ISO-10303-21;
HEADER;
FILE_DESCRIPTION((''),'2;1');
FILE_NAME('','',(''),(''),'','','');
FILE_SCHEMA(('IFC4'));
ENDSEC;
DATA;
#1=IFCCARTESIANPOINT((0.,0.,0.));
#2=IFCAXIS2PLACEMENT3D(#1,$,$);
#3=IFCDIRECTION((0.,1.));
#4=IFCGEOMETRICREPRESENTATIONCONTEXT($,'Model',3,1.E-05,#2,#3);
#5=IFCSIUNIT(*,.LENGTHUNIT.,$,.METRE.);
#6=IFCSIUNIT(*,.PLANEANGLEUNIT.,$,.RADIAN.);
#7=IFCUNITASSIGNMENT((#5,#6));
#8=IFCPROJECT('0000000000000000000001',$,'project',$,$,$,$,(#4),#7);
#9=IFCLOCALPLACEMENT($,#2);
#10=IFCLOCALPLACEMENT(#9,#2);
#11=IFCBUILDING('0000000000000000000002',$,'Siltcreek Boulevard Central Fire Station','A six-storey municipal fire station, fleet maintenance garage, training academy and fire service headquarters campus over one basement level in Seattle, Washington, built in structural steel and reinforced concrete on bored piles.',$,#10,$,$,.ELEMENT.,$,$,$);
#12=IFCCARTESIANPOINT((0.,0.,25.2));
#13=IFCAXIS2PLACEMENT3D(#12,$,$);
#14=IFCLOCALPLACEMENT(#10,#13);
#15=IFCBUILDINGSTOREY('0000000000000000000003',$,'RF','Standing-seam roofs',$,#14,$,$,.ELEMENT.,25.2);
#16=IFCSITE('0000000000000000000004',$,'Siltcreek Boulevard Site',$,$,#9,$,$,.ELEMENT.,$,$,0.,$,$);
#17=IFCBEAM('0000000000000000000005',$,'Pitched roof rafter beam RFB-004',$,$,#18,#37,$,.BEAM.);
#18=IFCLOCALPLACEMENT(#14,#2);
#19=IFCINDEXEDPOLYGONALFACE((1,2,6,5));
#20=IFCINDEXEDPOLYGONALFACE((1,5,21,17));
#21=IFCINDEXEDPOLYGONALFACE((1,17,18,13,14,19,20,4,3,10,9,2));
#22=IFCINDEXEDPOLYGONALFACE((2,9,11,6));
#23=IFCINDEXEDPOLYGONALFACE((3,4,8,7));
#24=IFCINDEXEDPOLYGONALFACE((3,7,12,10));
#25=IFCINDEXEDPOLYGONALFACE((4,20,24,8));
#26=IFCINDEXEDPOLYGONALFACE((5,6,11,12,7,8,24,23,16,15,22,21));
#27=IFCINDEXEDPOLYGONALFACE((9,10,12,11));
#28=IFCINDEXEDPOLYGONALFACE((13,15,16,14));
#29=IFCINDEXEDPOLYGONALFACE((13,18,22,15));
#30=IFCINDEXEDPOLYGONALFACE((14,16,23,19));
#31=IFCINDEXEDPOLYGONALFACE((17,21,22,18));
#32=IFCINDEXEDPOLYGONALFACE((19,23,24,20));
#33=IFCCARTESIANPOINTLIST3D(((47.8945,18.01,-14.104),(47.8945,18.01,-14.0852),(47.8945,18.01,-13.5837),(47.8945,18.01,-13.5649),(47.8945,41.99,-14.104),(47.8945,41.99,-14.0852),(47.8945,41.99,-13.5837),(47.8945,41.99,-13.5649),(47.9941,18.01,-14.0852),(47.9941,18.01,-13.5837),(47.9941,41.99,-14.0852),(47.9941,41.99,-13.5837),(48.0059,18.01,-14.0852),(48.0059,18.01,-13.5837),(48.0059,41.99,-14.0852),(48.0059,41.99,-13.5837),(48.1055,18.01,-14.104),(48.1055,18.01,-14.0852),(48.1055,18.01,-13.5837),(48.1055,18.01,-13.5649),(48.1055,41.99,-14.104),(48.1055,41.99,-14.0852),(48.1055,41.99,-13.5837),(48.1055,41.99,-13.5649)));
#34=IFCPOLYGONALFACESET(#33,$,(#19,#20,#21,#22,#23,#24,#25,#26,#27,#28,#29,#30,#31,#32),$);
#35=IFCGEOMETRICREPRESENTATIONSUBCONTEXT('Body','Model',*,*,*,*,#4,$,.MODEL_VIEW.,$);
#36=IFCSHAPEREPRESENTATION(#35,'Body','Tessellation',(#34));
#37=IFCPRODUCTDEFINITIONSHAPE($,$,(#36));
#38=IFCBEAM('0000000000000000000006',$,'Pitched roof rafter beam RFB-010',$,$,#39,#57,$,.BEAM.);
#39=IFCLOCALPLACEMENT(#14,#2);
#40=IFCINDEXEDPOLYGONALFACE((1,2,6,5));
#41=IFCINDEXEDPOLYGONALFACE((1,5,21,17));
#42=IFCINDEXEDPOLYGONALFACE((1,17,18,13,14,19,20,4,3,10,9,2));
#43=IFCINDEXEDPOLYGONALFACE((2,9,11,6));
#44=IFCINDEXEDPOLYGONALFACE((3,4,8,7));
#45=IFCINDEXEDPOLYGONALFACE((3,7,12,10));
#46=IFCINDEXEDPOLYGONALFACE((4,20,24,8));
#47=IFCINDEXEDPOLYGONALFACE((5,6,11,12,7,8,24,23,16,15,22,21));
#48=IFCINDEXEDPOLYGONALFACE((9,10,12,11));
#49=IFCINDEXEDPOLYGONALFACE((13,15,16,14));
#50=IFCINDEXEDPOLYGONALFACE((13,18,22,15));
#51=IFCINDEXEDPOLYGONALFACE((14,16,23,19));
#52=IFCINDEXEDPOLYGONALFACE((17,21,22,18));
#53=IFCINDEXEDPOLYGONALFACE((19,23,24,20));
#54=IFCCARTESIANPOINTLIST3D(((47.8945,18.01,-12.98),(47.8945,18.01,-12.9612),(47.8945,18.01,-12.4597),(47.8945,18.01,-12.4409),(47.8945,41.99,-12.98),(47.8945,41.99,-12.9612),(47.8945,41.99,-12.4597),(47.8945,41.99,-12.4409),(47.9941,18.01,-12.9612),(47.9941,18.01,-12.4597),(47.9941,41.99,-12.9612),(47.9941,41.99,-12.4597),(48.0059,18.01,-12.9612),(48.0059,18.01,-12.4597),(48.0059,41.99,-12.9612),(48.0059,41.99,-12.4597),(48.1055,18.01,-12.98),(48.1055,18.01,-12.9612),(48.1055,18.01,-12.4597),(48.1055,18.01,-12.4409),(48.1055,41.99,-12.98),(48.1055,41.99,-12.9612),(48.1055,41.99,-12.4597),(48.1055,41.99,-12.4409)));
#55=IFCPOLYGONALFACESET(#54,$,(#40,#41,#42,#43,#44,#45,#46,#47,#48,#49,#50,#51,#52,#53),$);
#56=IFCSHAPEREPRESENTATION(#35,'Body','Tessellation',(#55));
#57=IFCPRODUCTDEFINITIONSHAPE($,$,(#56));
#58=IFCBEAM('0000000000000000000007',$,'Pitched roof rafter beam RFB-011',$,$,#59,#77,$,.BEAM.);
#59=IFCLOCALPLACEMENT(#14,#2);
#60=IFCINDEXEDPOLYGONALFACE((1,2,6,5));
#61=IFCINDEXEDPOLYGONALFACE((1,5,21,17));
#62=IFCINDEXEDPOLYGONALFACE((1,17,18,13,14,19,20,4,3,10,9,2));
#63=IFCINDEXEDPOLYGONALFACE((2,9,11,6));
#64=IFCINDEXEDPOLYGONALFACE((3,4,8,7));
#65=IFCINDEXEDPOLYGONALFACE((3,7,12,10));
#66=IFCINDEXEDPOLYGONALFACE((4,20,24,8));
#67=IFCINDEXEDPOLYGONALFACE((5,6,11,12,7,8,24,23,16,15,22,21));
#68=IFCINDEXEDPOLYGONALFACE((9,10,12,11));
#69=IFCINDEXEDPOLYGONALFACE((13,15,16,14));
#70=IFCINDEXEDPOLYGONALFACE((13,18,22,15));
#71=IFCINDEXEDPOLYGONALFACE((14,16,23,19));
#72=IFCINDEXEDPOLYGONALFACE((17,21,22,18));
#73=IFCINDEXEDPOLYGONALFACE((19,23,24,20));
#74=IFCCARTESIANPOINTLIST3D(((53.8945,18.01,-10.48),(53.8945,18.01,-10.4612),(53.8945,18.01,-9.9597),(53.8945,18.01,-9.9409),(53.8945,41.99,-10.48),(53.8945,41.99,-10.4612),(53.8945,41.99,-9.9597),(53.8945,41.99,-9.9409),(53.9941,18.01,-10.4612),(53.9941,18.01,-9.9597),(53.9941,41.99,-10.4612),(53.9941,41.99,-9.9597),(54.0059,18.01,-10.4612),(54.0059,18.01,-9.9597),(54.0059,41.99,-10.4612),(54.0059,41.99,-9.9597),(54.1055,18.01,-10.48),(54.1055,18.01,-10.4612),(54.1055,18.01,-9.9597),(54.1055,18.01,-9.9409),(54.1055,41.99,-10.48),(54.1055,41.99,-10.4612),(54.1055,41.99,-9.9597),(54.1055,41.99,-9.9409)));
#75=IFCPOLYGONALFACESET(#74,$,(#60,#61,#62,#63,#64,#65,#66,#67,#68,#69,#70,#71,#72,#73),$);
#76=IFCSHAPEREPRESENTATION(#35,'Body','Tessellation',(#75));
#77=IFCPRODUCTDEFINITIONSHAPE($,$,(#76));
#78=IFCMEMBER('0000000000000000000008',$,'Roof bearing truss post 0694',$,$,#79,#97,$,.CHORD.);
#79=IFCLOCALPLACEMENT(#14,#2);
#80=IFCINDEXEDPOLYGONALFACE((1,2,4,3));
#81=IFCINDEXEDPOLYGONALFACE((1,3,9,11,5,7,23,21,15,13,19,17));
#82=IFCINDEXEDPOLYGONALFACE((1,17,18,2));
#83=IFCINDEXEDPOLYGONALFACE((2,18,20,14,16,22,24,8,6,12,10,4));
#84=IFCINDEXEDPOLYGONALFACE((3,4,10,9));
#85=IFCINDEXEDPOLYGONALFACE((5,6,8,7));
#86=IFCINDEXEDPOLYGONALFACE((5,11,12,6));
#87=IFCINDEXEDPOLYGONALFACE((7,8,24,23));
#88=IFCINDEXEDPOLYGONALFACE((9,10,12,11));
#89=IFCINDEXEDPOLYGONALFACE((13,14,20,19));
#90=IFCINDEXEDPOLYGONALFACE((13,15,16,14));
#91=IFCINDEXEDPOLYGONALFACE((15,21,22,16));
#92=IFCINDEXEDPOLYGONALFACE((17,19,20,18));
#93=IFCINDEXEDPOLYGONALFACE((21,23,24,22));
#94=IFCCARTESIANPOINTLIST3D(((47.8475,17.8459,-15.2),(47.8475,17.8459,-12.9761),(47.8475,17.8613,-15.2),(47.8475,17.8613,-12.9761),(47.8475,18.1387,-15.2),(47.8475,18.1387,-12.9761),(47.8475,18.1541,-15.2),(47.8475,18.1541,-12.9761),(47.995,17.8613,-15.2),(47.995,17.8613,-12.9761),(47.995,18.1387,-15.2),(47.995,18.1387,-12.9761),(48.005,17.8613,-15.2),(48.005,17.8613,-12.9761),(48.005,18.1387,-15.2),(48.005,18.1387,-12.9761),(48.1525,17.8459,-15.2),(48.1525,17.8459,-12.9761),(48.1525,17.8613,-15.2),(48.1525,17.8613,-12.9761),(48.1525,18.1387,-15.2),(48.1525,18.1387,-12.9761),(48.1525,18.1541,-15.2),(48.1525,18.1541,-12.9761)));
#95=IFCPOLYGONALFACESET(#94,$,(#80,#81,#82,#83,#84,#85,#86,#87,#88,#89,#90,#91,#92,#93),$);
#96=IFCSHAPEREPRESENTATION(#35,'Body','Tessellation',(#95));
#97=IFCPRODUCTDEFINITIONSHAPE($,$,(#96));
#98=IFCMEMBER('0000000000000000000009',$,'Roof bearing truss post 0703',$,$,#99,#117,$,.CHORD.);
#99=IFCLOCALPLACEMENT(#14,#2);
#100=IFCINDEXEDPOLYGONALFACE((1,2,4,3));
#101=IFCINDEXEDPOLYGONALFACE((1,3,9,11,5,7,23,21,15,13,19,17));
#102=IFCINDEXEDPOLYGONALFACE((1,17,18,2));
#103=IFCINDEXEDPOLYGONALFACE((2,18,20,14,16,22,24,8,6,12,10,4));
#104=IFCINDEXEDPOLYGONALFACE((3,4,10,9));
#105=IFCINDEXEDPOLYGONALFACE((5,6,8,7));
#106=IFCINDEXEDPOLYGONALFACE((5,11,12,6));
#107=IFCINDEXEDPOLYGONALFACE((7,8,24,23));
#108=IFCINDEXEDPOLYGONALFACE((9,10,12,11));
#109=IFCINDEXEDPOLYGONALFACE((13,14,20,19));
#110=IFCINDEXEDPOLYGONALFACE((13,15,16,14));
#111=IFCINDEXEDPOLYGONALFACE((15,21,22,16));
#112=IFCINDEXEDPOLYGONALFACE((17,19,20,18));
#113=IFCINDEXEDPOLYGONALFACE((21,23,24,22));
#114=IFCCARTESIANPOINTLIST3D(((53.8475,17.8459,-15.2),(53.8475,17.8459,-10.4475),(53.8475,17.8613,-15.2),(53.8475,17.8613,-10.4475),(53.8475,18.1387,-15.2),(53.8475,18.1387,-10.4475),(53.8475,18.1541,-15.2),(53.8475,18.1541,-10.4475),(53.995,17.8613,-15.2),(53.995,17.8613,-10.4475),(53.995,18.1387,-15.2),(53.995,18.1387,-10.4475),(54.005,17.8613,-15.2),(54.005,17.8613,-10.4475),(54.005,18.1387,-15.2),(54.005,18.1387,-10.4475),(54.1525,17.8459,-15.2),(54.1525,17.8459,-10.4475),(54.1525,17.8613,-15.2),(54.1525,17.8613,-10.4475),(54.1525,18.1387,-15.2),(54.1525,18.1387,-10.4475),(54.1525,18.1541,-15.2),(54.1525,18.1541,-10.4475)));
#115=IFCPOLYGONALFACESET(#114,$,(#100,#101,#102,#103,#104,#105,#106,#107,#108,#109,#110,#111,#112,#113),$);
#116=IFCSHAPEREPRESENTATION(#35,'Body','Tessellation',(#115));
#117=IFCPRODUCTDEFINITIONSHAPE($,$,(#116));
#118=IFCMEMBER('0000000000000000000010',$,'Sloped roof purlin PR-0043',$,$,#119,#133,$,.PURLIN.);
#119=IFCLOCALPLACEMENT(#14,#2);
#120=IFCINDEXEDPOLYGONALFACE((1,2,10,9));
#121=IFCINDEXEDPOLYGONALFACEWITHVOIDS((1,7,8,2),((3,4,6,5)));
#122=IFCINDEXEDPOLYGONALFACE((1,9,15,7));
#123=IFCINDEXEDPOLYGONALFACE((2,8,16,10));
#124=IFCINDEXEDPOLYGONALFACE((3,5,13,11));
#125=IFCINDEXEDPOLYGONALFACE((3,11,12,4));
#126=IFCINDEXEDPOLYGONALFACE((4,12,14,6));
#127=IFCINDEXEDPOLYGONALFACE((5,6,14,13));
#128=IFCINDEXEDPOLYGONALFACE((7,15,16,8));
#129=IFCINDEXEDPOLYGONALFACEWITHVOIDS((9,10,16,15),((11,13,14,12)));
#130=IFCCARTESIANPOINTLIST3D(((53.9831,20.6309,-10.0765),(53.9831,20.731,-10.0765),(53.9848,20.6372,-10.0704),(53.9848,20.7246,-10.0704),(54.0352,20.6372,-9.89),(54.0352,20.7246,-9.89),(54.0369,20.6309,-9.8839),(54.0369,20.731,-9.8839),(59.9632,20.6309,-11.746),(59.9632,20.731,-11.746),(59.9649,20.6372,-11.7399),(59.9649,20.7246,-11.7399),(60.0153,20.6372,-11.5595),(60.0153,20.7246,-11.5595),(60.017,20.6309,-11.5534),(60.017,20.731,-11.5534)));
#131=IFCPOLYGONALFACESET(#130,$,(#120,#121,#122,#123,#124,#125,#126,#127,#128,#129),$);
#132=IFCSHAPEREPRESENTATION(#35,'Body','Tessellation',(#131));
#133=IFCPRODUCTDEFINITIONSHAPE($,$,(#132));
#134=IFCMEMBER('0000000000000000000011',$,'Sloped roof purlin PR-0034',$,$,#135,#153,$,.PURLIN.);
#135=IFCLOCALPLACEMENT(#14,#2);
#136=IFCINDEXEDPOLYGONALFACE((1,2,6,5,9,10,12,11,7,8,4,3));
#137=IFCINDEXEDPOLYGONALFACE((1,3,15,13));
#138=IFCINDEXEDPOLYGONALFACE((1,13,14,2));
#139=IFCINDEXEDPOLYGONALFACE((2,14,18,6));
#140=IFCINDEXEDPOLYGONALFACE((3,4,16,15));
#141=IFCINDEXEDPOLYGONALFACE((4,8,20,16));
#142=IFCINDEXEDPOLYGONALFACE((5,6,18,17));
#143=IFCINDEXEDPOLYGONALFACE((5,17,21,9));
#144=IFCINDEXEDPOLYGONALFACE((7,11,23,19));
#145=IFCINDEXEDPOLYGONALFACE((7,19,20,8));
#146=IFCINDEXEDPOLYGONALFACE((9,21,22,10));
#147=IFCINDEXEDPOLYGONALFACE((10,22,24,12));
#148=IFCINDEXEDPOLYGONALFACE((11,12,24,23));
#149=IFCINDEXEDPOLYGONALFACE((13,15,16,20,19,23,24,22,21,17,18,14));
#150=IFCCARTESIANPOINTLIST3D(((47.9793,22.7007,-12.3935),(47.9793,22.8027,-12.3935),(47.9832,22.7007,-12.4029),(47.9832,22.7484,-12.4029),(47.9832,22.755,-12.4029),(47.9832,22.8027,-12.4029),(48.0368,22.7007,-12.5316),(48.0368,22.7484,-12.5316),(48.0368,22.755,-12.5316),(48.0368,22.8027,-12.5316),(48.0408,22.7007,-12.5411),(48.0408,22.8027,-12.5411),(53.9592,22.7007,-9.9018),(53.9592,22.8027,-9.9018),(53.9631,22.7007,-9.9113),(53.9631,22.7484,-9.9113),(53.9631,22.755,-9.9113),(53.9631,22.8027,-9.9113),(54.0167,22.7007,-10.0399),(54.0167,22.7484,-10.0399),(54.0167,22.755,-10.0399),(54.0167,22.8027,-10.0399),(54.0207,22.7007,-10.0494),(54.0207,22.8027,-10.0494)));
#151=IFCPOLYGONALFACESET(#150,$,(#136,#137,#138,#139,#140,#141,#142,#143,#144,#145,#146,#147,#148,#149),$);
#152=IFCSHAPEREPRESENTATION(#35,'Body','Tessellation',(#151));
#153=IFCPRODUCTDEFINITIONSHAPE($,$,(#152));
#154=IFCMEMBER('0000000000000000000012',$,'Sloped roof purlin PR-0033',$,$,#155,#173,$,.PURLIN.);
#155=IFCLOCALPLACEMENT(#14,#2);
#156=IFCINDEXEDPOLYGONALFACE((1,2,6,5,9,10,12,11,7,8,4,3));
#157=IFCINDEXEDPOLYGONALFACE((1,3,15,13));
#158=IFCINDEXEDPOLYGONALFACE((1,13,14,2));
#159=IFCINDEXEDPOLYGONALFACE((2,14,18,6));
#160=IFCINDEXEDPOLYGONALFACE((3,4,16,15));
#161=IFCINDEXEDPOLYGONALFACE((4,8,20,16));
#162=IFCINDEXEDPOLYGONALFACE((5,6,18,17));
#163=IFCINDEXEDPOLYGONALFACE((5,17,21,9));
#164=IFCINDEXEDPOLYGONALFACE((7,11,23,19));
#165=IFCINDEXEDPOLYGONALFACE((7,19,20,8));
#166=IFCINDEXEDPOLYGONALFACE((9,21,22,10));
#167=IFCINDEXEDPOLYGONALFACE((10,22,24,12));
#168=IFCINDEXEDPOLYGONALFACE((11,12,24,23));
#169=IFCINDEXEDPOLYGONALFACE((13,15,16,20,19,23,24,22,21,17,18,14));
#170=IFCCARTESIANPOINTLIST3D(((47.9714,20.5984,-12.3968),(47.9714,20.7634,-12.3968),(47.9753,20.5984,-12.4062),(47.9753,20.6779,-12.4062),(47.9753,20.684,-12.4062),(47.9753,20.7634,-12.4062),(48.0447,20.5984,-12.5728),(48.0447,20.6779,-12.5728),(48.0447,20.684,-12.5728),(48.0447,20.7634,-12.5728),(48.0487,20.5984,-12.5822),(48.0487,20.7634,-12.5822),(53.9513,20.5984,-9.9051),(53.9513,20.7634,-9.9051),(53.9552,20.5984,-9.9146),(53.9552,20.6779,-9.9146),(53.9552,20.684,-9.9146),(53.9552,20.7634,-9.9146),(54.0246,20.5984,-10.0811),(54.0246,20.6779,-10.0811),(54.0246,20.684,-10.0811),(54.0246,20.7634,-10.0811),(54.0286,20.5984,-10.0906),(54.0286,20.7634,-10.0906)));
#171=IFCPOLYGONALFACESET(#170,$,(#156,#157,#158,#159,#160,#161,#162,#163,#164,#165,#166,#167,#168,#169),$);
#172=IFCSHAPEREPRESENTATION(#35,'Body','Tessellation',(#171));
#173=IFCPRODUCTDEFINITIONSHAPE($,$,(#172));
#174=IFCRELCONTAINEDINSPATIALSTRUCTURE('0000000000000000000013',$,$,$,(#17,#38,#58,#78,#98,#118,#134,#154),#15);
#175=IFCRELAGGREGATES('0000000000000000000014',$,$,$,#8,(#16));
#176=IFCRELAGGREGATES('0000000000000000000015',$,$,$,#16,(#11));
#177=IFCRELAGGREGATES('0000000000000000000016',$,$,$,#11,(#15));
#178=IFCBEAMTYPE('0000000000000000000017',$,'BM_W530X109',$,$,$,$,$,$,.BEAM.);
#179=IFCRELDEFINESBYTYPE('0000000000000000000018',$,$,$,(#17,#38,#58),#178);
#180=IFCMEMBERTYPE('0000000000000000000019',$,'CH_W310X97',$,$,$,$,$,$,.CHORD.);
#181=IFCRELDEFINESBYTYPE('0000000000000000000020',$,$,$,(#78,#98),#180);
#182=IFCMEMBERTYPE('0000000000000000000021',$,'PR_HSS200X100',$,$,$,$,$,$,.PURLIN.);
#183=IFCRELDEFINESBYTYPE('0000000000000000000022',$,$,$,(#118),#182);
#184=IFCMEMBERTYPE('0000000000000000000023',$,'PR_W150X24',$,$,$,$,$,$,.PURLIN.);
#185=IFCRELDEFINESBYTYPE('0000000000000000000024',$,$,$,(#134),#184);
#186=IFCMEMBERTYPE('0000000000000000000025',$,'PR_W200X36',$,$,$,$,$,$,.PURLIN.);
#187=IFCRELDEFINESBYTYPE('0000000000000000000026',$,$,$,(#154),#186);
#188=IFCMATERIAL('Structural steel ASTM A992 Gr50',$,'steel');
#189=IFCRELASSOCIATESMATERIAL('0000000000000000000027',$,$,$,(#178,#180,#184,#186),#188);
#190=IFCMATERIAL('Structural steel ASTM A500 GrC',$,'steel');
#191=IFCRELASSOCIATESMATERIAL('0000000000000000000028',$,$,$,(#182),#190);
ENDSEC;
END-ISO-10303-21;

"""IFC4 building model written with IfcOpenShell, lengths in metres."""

from ifc_helpers import new_model, si_unit, direction, frame, origin, origin_2d, place, context, subcontext, project, spatial, hollow_rectangle, i_section, extrude, material, material_profile, profile_set, type_object, element, save


model = new_model("IFC4")

# Units and contexts
model_context = context("Model", 3, precision=1e-05, world=origin(), true_north=direction((0.0, 1.0)))
body_context = subcontext(model_context, "Body", "Model", "MODEL_VIEW")
ifc_project = project(units=[si_unit("LENGTHUNIT", "METRE"), si_unit("PLANEANGLEUNIT", "RADIAN")], contexts=[model_context])

# Site, building, storey
site_placement = place(None, origin())
site = spatial("IfcSite", under=ifc_project, at=site_placement, Name="Siltcreek Boulevard Site", CompositionType="ELEMENT", RefElevation=0.0)
building_placement = place(site_placement, origin())
building = spatial("IfcBuilding", under=site, at=building_placement, Name="Siltcreek Boulevard Central Fire Station", Description="A six-storey municipal fire station, fleet maintenance garage, training academy and fire service headquarters campus over one basement level in Seattle, Washington, built in structural steel and reinforced concrete on bored piles.", CompositionType="ELEMENT")
storey_placement = place(building_placement, frame((0.0, 0.0, 25.2)))
storey = spatial("IfcBuildingStorey", under=building, at=storey_placement, Name="RF", Description="Standing-seam roofs", CompositionType="ELEMENT", Elevation=25.2)

# Beams
ifc_material_1 = material(Name="Structural steel ASTM A992 Gr50", Category="steel")
ifc_material_profile_1 = material_profile(ifc_material_1, i_section(OverallWidth=0.2109, OverallDepth=0.5391, WebThickness=0.0117, FlangeThickness=0.0188, at=origin_2d()), Name="W530X109")
ifc_profile_set_1 = profile_set([ifc_material_profile_1], Name="Structural steel ASTM A992 Gr50")
beam_type = type_object("IfcBeamType", Name="BM_W530X109", PredefinedType="BEAM", material=ifc_profile_set_1)
for number, where, z_axis, x_axis, name in (
    (1, (48.0, 18.01, -13.8345), (0.0, 1.0, 0.0), (-1.0, 0.0, 0.0), "Pitched roof rafter beam RFB-004"),
    (2, (48.0, 18.01, -12.7104), (0.0, 1.0, 0.0), (-1.0, 0.0, 0.0), "Pitched roof rafter beam RFB-010"),
    (3, (54.0, 18.01, -10.2104), (0.0, 1.0, 0.0), (-1.0, 0.0, 0.0), "Pitched roof rafter beam RFB-011"),
):
    element("IfcBeam", number, at=place(storey_placement, frame(where, z_axis=z_axis, x_axis=x_axis)), inside=storey, type_object=beam_type, Name=name, PredefinedType="BEAM", context=body_context, shape_type="SweptSolid", body=[
        extrude(i_section(OverallWidth=0.2109, OverallDepth=0.5391, WebThickness=0.0117, FlangeThickness=0.0188, at=origin_2d()), origin(), (0.0, 0.0, 1.0), 23.98),
    ])

# Members
ifc_material_profile_2 = material_profile(ifc_material_1, i_section(OverallWidth=0.3049, OverallDepth=0.3081, WebThickness=0.01, FlangeThickness=0.0154, at=origin_2d()), Name="W310X97")
ifc_profile_set_2 = profile_set([ifc_material_profile_2], Name="Structural steel ASTM A992 Gr50")
member_type_1 = type_object("IfcMemberType", Name="CH_W310X97", PredefinedType="CHORD", material=ifc_profile_set_2)
member_1_placement = place(storey_placement, frame((48.0, 18.0, -15.2), z_axis=(0.0, 0.0, 1.0), x_axis=(1.0, 0.0, 0.0)))
element("IfcMember", 4, at=member_1_placement, inside=storey, type_object=member_type_1, Name="Roof bearing truss post 0694", PredefinedType="CHORD", context=body_context, shape_type="SweptSolid", body=[
    extrude(i_section(OverallWidth=0.3049, OverallDepth=0.3081, WebThickness=0.01, FlangeThickness=0.0154, at=origin_2d()), origin(), (0.0, 0.0, 1.0), 2.2239),
])
member_2_placement = place(storey_placement, frame((54.0, 18.0, -15.2), z_axis=(0.0, 0.0, 1.0), x_axis=(1.0, 0.0, 0.0)))
element("IfcMember", 5, at=member_2_placement, inside=storey, type_object=member_type_1, Name="Roof bearing truss post 0703", PredefinedType="CHORD", context=body_context, shape_type="SweptSolid", body=[
    extrude(i_section(OverallWidth=0.3049, OverallDepth=0.3081, WebThickness=0.01, FlangeThickness=0.0154, at=origin_2d()), origin(), (0.0, 0.0, 1.0), 4.7524),
])
ifc_material_2 = material(Name="Structural steel ASTM A500 GrC", Category="steel")
ifc_material_profile_3 = material_profile(ifc_material_2, hollow_rectangle(XDim=0.1001, YDim=0.2, WallThickness=0.0063, at=origin_2d()), Name="HSS200X100X6.4")
ifc_profile_set_3 = profile_set([ifc_material_profile_3], Name="Structural steel ASTM A500 GrC")
member_type_2 = type_object("IfcMemberType", Name="PR_HSS200X100", PredefinedType="PURLIN", material=ifc_profile_set_3)
member_3_placement = place(storey_placement, frame((54.01, 20.6809, -9.9802), z_axis=(0.963171, 0.0, -0.268889), x_axis=(0.0, 1.0, 0.0)))
element("IfcMember", 6, at=member_3_placement, inside=storey, type_object=member_type_2, Name="Sloped roof purlin PR-0043", PredefinedType="PURLIN", context=body_context, shape_type="SweptSolid", body=[
    extrude(hollow_rectangle(XDim=0.1001, YDim=0.2, WallThickness=0.0063, at=origin_2d()), origin(), (0.0, 0.0, 1.0), 6.2087),
])
ifc_material_profile_4 = material_profile(ifc_material_1, i_section(OverallWidth=0.1021, OverallDepth=0.1599, WebThickness=0.0066, FlangeThickness=0.0103, at=origin_2d()), Name="W150X24")
ifc_profile_set_4 = profile_set([ifc_material_profile_4], Name="Structural steel ASTM A992 Gr50")
member_type_3 = type_object("IfcMemberType", Name="PR_W150X24", PredefinedType="PURLIN", material=ifc_profile_set_4)
member_4_placement = place(storey_placement, frame((48.01, 22.7517, -12.4673), z_axis=(0.923075, 0.0, 0.384621), x_axis=(0.0, 1.0, 0.0)))
element("IfcMember", 7, at=member_4_placement, inside=storey, type_object=member_type_3, Name="Sloped roof purlin PR-0034", PredefinedType="PURLIN", context=body_context, shape_type="SweptSolid", body=[
    extrude(i_section(OverallWidth=0.1021, OverallDepth=0.1599, WebThickness=0.0066, FlangeThickness=0.0103, at=origin_2d()), origin(), (0.0, 0.0, 1.0), 6.4783),
])
ifc_material_profile_5 = material_profile(ifc_material_1, i_section(OverallWidth=0.165, OverallDepth=0.2009, WebThickness=0.0061, FlangeThickness=0.0103, at=origin_2d()), Name="W200X36")
ifc_profile_set_5 = profile_set([ifc_material_profile_5], Name="Structural steel ASTM A992 Gr50")
member_type_4 = type_object("IfcMemberType", Name="PR_W200X36", PredefinedType="PURLIN", material=ifc_profile_set_5)
member_5_placement = place(storey_placement, frame((48.01, 20.6809, -12.4895), z_axis=(0.923075, 0.0, 0.384621), x_axis=(0.0, 1.0, 0.0)))
element("IfcMember", 8, at=member_5_placement, inside=storey, type_object=member_type_4, Name="Sloped roof purlin PR-0033", PredefinedType="PURLIN", context=body_context, shape_type="SweptSolid", body=[
    extrude(i_section(OverallWidth=0.165, OverallDepth=0.2009, WebThickness=0.0061, FlangeThickness=0.0103, at=origin_2d()), origin(), (0.0, 0.0, 1.0), 6.4783),
])

save(model, "model.ifc")
